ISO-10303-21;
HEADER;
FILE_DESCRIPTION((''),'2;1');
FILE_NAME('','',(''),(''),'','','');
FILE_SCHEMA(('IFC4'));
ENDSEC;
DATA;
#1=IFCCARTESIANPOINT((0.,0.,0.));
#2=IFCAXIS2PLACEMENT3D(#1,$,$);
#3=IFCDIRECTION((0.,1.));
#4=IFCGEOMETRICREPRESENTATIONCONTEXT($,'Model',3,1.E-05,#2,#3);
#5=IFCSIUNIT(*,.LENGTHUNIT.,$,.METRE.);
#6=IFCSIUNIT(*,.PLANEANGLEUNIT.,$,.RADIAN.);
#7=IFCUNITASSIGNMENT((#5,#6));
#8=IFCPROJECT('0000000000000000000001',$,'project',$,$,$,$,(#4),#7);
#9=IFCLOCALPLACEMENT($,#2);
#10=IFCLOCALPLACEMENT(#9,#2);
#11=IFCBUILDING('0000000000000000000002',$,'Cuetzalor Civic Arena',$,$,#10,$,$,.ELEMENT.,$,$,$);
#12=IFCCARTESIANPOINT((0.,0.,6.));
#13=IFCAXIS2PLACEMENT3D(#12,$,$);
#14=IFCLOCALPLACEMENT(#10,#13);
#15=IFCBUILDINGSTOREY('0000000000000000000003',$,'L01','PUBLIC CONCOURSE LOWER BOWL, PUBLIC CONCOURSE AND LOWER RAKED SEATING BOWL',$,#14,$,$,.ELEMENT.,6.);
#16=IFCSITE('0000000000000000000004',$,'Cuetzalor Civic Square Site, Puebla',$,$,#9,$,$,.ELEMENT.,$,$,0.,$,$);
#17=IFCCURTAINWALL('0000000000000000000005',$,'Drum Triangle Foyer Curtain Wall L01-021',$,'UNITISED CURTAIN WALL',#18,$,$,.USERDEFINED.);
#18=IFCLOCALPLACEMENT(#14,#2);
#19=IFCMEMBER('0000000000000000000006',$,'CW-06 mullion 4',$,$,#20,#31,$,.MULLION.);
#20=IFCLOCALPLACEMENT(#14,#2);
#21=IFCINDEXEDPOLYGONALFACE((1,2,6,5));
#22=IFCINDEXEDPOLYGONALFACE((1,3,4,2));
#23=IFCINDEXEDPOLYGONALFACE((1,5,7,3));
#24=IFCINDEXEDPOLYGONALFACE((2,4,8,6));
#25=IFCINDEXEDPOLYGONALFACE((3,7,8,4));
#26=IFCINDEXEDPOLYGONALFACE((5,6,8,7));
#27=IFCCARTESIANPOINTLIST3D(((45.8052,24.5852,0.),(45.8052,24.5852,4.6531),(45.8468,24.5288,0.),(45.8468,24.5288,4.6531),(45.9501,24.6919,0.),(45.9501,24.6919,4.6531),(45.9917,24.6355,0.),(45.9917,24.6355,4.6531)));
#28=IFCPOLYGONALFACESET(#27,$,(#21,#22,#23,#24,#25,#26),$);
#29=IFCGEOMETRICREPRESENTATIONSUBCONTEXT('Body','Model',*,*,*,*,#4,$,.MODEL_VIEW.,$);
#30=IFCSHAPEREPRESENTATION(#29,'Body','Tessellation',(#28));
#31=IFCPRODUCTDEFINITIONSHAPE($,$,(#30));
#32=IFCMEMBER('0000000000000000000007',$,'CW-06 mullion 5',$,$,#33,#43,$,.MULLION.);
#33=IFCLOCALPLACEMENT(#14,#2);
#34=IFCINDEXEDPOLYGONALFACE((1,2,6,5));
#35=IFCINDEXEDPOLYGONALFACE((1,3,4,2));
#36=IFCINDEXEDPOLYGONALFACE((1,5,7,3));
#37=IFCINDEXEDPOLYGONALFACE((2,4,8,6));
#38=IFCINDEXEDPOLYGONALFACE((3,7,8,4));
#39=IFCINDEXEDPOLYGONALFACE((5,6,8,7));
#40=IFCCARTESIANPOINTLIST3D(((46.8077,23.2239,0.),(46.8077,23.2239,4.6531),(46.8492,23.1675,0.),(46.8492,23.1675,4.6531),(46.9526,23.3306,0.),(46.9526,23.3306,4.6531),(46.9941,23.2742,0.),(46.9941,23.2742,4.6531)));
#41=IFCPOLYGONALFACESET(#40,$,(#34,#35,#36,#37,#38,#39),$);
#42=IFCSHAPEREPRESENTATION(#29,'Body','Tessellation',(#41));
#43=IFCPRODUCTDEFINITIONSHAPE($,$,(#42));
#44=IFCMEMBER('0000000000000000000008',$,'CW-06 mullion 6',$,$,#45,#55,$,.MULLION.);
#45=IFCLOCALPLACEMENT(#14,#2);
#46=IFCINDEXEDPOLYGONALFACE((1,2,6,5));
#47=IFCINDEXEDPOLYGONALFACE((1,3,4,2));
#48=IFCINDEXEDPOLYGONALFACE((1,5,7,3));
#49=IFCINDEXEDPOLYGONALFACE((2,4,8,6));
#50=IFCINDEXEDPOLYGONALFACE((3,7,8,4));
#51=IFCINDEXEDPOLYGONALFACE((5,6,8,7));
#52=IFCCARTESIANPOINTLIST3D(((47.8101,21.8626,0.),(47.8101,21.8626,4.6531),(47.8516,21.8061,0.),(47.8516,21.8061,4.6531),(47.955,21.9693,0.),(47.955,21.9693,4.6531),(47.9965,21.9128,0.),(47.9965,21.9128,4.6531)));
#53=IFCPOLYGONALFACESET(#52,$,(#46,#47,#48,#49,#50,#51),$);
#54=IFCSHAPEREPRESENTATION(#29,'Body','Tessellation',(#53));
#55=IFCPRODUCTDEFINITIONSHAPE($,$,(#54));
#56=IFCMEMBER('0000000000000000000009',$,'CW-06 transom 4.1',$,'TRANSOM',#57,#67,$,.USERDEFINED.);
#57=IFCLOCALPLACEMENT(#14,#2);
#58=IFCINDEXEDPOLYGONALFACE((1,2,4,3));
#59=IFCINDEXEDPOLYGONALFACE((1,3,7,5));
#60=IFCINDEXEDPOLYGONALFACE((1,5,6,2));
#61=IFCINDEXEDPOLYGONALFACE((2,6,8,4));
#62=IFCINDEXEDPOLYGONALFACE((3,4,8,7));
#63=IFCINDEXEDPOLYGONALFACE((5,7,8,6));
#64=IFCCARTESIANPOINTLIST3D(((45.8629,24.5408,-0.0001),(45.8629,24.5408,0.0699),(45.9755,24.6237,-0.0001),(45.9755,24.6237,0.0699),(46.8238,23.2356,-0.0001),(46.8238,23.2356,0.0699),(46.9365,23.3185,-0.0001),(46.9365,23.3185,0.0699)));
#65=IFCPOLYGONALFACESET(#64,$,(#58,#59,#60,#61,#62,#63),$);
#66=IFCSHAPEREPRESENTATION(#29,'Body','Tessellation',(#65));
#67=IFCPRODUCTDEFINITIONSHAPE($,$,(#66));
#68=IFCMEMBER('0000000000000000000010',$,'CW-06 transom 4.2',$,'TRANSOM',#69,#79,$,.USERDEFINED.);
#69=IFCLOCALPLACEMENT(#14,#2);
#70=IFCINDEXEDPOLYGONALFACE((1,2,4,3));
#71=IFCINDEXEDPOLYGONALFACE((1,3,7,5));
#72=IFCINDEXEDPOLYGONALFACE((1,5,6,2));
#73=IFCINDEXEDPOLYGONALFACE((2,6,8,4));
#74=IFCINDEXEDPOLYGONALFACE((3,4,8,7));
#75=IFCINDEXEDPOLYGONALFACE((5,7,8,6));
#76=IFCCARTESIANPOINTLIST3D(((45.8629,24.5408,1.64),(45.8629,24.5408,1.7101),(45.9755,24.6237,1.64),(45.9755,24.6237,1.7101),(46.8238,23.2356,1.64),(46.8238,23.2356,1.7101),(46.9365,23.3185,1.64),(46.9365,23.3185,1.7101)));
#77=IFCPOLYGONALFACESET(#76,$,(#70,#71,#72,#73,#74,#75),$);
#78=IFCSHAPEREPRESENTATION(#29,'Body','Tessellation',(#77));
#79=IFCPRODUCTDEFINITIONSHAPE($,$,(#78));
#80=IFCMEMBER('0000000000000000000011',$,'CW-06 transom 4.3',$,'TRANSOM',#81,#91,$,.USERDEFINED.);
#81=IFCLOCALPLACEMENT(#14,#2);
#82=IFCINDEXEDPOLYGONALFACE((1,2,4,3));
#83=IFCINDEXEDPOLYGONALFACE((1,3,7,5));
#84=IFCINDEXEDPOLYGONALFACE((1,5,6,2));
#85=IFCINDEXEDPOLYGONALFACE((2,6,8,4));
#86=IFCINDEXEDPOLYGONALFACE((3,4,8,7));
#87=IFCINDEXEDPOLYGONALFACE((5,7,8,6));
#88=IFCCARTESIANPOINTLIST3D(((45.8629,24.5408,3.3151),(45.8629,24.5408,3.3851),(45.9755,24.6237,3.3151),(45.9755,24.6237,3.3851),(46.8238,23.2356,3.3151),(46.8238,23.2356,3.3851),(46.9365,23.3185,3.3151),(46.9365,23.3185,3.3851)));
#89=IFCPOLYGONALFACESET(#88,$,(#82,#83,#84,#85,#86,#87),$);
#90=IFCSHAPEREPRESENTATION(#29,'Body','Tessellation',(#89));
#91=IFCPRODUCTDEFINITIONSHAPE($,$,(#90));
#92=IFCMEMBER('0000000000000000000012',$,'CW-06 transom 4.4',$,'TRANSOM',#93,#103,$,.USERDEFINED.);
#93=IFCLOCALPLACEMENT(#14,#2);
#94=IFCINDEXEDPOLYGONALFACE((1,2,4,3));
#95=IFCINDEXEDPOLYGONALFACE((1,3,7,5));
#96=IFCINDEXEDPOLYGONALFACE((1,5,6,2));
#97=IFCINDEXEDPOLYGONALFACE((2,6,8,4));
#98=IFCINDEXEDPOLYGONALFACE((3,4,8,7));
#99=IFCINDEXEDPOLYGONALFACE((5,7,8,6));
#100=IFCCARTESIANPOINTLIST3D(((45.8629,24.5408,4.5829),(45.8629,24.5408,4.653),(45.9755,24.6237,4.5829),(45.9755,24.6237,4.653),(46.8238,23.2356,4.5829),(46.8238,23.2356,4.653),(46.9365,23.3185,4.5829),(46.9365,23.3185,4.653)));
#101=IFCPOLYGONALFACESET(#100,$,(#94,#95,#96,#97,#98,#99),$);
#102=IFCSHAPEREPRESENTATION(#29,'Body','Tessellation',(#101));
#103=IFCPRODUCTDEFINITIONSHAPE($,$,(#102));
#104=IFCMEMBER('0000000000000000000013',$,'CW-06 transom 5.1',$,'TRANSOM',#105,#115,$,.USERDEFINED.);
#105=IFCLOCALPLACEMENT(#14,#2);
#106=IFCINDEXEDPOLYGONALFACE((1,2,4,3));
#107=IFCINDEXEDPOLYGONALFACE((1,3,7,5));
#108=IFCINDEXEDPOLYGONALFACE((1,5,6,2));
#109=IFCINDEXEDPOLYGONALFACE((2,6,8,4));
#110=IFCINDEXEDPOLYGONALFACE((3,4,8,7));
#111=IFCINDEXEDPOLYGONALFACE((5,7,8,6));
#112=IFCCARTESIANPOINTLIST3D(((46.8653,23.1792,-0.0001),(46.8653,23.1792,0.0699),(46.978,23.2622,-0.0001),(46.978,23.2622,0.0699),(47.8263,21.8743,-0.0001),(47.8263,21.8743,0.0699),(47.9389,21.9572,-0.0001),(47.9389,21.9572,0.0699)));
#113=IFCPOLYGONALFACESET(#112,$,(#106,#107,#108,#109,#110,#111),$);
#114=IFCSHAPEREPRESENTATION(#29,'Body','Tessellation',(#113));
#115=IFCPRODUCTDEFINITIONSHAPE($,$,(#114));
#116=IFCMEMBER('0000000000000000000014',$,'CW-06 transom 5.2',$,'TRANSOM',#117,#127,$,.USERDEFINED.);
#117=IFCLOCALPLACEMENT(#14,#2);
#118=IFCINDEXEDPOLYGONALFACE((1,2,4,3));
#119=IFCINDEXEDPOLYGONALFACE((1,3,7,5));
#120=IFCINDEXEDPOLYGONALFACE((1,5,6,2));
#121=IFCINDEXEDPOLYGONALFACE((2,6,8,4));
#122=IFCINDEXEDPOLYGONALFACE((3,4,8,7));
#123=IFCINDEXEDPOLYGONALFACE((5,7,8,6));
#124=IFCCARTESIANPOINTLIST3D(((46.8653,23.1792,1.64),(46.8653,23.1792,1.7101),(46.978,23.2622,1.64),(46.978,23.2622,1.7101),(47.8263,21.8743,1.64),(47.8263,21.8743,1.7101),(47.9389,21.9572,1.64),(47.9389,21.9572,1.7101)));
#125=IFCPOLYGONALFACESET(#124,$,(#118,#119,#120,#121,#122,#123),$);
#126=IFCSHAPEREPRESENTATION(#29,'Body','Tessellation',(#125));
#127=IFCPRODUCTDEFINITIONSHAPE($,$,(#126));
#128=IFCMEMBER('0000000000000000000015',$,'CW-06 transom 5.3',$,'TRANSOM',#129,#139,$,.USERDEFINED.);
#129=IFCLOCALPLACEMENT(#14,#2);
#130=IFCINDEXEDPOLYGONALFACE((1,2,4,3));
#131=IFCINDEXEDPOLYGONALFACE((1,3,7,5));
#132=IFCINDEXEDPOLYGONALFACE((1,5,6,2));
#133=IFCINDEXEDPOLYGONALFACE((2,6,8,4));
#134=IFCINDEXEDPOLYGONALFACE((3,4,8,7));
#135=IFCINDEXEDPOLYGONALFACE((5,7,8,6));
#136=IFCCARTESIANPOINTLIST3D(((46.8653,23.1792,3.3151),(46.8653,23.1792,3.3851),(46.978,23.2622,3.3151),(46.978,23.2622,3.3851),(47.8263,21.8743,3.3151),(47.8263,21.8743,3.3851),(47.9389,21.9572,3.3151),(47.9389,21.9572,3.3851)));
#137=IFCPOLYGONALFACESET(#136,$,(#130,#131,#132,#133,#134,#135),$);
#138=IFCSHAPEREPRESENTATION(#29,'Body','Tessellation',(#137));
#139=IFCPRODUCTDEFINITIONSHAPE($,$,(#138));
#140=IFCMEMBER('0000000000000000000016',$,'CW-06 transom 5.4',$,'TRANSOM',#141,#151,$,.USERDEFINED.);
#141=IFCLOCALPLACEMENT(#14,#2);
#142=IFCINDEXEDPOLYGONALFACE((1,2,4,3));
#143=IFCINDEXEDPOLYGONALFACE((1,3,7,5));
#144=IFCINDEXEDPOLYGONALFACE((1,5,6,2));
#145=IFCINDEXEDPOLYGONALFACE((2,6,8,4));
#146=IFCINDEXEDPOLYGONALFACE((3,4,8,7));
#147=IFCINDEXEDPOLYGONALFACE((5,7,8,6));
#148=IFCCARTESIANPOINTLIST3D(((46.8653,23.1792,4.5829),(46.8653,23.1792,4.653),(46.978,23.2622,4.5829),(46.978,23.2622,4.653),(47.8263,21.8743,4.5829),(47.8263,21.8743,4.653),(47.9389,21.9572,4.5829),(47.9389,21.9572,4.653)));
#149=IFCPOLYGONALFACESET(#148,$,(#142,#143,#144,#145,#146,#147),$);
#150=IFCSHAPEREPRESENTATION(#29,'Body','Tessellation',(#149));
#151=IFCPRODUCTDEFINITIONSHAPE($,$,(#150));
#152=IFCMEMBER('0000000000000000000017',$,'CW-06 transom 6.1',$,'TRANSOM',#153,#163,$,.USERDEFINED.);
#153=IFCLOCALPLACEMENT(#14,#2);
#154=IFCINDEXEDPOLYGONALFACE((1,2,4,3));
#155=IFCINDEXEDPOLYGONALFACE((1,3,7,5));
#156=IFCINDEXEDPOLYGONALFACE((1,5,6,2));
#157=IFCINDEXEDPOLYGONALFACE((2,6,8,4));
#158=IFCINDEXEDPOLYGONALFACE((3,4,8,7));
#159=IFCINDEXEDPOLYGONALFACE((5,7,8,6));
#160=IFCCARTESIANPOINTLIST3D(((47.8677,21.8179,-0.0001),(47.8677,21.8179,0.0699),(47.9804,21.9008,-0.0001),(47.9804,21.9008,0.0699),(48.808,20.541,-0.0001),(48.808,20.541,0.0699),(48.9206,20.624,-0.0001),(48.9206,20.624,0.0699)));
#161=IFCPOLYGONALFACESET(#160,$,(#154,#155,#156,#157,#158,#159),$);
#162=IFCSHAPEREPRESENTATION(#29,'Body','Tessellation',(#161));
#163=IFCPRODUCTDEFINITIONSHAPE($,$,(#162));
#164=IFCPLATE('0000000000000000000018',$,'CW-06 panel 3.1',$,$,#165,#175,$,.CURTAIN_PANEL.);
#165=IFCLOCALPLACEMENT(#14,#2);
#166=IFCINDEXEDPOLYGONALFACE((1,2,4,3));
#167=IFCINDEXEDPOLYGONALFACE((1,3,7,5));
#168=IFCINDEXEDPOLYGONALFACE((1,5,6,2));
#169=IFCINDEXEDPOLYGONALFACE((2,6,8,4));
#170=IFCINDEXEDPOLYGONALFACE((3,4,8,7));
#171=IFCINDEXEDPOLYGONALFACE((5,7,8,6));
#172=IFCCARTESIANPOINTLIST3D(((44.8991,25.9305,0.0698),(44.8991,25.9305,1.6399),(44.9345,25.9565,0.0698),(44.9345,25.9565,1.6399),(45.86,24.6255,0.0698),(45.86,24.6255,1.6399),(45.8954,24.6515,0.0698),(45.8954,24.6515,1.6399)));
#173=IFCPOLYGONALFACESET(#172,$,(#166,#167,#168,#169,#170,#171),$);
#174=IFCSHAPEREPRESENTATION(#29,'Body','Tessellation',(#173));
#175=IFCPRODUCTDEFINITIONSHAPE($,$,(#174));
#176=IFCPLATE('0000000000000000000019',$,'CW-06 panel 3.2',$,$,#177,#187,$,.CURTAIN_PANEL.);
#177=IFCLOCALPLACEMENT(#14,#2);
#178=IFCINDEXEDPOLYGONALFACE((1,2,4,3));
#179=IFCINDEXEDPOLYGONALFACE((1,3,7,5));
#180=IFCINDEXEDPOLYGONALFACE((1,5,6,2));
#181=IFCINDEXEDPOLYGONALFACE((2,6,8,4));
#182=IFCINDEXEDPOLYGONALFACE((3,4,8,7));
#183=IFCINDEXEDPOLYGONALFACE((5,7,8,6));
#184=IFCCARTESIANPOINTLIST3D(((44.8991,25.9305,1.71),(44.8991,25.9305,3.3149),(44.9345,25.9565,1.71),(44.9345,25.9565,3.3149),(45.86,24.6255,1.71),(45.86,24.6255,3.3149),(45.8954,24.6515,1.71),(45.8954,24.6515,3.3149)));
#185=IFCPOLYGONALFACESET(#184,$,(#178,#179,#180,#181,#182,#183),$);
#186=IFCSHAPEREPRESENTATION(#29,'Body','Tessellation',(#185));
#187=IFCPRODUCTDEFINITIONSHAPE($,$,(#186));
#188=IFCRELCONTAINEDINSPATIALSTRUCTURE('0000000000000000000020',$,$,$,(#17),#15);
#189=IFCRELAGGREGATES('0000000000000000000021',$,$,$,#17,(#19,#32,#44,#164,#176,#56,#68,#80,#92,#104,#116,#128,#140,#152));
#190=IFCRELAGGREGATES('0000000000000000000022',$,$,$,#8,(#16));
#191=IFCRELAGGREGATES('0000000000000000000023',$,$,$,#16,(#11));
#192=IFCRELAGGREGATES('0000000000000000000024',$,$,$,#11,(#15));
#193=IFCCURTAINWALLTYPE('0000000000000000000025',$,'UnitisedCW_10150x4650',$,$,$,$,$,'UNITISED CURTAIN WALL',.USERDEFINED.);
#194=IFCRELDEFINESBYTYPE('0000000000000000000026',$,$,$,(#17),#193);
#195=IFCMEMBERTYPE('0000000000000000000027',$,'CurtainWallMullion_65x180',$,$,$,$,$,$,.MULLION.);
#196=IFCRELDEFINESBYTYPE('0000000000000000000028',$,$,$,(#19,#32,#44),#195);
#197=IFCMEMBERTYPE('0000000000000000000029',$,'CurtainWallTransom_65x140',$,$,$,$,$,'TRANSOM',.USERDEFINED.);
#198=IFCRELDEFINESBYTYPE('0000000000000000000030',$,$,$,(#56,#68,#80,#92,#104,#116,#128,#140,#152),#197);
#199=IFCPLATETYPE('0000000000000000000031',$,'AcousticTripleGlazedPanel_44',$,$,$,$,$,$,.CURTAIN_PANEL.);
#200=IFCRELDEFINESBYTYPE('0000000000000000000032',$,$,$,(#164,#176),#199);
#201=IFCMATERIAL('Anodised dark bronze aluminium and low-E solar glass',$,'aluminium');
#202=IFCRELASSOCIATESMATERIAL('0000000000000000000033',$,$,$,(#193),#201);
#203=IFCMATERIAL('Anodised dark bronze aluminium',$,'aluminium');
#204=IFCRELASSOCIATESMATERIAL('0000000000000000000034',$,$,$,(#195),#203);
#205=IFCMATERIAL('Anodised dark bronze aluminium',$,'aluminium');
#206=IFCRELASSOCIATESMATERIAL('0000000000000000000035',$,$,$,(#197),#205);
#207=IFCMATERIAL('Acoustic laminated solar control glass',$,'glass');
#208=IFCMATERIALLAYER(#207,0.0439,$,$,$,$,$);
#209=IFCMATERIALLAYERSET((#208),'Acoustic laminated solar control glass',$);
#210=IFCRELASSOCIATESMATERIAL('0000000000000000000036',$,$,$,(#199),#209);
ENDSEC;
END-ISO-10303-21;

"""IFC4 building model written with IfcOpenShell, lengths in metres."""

from ifc_helpers import new_model, si_unit, direction, frame, origin, origin_2d, place, context, subcontext, project, spatial, rectangle, extrude, material, layer, layer_set, material_profile, profile_set, type_object, element, aggregate, save


model = new_model("IFC4")

# Units and contexts
model_context = context("Model", 3, precision=1e-05, world=origin(), true_north=direction((0.0, 1.0)))
body_context = subcontext(model_context, "Body", "Model", "MODEL_VIEW")
ifc_project = project(units=[si_unit("LENGTHUNIT", "METRE"), si_unit("PLANEANGLEUNIT", "RADIAN")], contexts=[model_context])

# Site, building, storey
site_placement = place(None, origin())
site = spatial("IfcSite", under=ifc_project, at=site_placement, Name="Cuetzalor Civic Square Site, Puebla", CompositionType="ELEMENT", RefElevation=0.0)
building_placement = place(site_placement, origin())
building = spatial("IfcBuilding", under=site, at=building_placement, Name="Cuetzalor Civic Arena", CompositionType="ELEMENT")
storey_placement = place(building_placement, frame((0.0, 0.0, 6.0)))
storey = spatial("IfcBuildingStorey", under=building, at=storey_placement, Name="L01", Description="PUBLIC CONCOURSE LOWER BOWL, PUBLIC CONCOURSE AND LOWER RAKED SEATING BOWL", CompositionType="ELEMENT", Elevation=6.0)

# Curtain wall, members, plates
ifc_material_1 = material(Name="Anodised dark bronze aluminium and low-E solar glass", Category="aluminium")
curtain_wall_type = type_object("IfcCurtainWallType", Name="UnitisedCW_10150x4650", ElementType="UNITISED CURTAIN WALL", PredefinedType="USERDEFINED", material=ifc_material_1)
curtain_wall_placement = place(storey_placement, origin())
curtain_wall = element("IfcCurtainWall", 1, at=curtain_wall_placement, inside=storey, type_object=curtain_wall_type, Name="Drum Triangle Foyer Curtain Wall L01-021", ObjectType="UNITISED CURTAIN WALL", PredefinedType="USERDEFINED")
ifc_material_2 = material(Name="Anodised dark bronze aluminium", Category="aluminium")
ifc_material_profile_1 = material_profile(ifc_material_2, rectangle(XDim=0.0701, YDim=0.1799, at=origin_2d()), Name="ALU MULLION 70x180")
ifc_profile_set_1 = profile_set([ifc_material_profile_1], Name="Anodised dark bronze aluminium")
member_type_1 = type_object("IfcMemberType", Name="CurtainWallMullion_65x180", PredefinedType="MULLION", material=ifc_profile_set_1)
member_1_placement = place(storey_placement, frame((45.8984, 24.6104, 0.0), z_axis=(0.0, 0.0, 1.0), x_axis=(0.592929, -0.805255, 0.0)))
member_1 = element("IfcMember", 2, at=member_1_placement, type_object=member_type_1, Name="CW-06 mullion 4", PredefinedType="MULLION", context=body_context, shape_type="SweptSolid", body=[
    extrude(rectangle(XDim=0.0701, YDim=0.1799, at=origin_2d()), origin(), (0.0, 0.0, 1.0), 4.6531),
])
member_2_placement = place(storey_placement, frame((46.9009, 23.249, 0.0), z_axis=(0.0, 0.0, 1.0), x_axis=(0.592929, -0.805255, 0.0)))
member_2 = element("IfcMember", 3, at=member_2_placement, type_object=member_type_1, Name="CW-06 mullion 5", PredefinedType="MULLION", context=body_context, shape_type="SweptSolid", body=[
    extrude(rectangle(XDim=0.0701, YDim=0.1799, at=origin_2d()), origin(), (0.0, 0.0, 1.0), 4.6531),
])
member_3_placement = place(storey_placement, frame((47.9033, 21.8877, 0.0), z_axis=(0.0, 0.0, 1.0), x_axis=(0.592929, -0.805255, 0.0)))
member_3 = element("IfcMember", 4, at=member_3_placement, type_object=member_type_1, Name="CW-06 mullion 6", PredefinedType="MULLION", context=body_context, shape_type="SweptSolid", body=[
    extrude(rectangle(XDim=0.0701, YDim=0.1799, at=origin_2d()), origin(), (0.0, 0.0, 1.0), 4.6531),
])
ifc_material_3 = material(Name="Anodised dark bronze aluminium", Category="aluminium")
ifc_material_profile_2 = material_profile(ifc_material_3, rectangle(XDim=0.1399, YDim=0.0701, at=origin_2d()), Name="ALU TRANSOM 70x140")
ifc_profile_set_2 = profile_set([ifc_material_profile_2], Name="Anodised dark bronze aluminium")
member_type_2 = type_object("IfcMemberType", Name="CurtainWallTransom_65x140", ElementType="TRANSOM", PredefinedType="USERDEFINED", material=ifc_profile_set_2)
member_4_placement = place(storey_placement, frame((45.9192, 24.5823, 0.0349), z_axis=(0.592891, -0.805283, 0.0), x_axis=(0.805283, 0.592891, 0.0)))
member_4 = element("IfcMember", 5, at=member_4_placement, type_object=member_type_2, Name="CW-06 transom 4.1", ObjectType="TRANSOM", PredefinedType="USERDEFINED", context=body_context, shape_type="SweptSolid", body=[
    extrude(rectangle(XDim=0.1399, YDim=0.0701, at=origin_2d()), origin(), (0.0, 0.0, 1.0), 1.6208),
])
member_5_placement = place(storey_placement, frame((45.9192, 24.5823, 1.675), z_axis=(0.592891, -0.805283, 0.0), x_axis=(0.805283, 0.592891, 0.0)))
member_5 = element("IfcMember", 6, at=member_5_placement, type_object=member_type_2, Name="CW-06 transom 4.2", ObjectType="TRANSOM", PredefinedType="USERDEFINED", context=body_context, shape_type="SweptSolid", body=[
    extrude(rectangle(XDim=0.1399, YDim=0.0701, at=origin_2d()), origin(), (0.0, 0.0, 1.0), 1.6208),
])
member_6_placement = place(storey_placement, frame((45.9192, 24.5823, 3.3501), z_axis=(0.592891, -0.805283, 0.0), x_axis=(0.805283, 0.592891, 0.0)))
member_6 = element("IfcMember", 7, at=member_6_placement, type_object=member_type_2, Name="CW-06 transom 4.3", ObjectType="TRANSOM", PredefinedType="USERDEFINED", context=body_context, shape_type="SweptSolid", body=[
    extrude(rectangle(XDim=0.1399, YDim=0.0701, at=origin_2d()), origin(), (0.0, 0.0, 1.0), 1.6208),
])
member_7_placement = place(storey_placement, frame((45.9192, 24.5823, 4.6179), z_axis=(0.592891, -0.805283, 0.0), x_axis=(0.805283, 0.592891, 0.0)))
member_7 = element("IfcMember", 8, at=member_7_placement, type_object=member_type_2, Name="CW-06 transom 4.4", ObjectType="TRANSOM", PredefinedType="USERDEFINED", context=body_context, shape_type="SweptSolid", body=[
    extrude(rectangle(XDim=0.1399, YDim=0.0701, at=origin_2d()), origin(), (0.0, 0.0, 1.0), 1.6208),
])
member_8_placement = place(storey_placement, frame((46.9216, 23.2207, 0.0349), z_axis=(0.592963, -0.80523, 0.0), x_axis=(0.80523, 0.592963, 0.0)))
member_8 = element("IfcMember", 9, at=member_8_placement, type_object=member_type_2, Name="CW-06 transom 5.1", ObjectType="TRANSOM", PredefinedType="USERDEFINED", context=body_context, shape_type="SweptSolid", body=[
    extrude(rectangle(XDim=0.1399, YDim=0.0701, at=origin_2d()), origin(), (0.0, 0.0, 1.0), 1.6206),
])
member_9_placement = place(storey_placement, frame((46.9216, 23.2207, 1.675), z_axis=(0.592963, -0.80523, 0.0), x_axis=(0.80523, 0.592963, 0.0)))
member_9 = element("IfcMember", 10, at=member_9_placement, type_object=member_type_2, Name="CW-06 transom 5.2", ObjectType="TRANSOM", PredefinedType="USERDEFINED", context=body_context, shape_type="SweptSolid", body=[
    extrude(rectangle(XDim=0.1399, YDim=0.0701, at=origin_2d()), origin(), (0.0, 0.0, 1.0), 1.6206),
])
member_10_placement = place(storey_placement, frame((46.9216, 23.2207, 3.3501), z_axis=(0.592963, -0.80523, 0.0), x_axis=(0.80523, 0.592963, 0.0)))
member_10 = element("IfcMember", 11, at=member_10_placement, type_object=member_type_2, Name="CW-06 transom 5.3", ObjectType="TRANSOM", PredefinedType="USERDEFINED", context=body_context, shape_type="SweptSolid", body=[
    extrude(rectangle(XDim=0.1399, YDim=0.0701, at=origin_2d()), origin(), (0.0, 0.0, 1.0), 1.6206),
])
member_11_placement = place(storey_placement, frame((46.9216, 23.2207, 4.6179), z_axis=(0.592963, -0.80523, 0.0), x_axis=(0.80523, 0.592963, 0.0)))
member_11 = element("IfcMember", 12, at=member_11_placement, type_object=member_type_2, Name="CW-06 transom 5.4", ObjectType="TRANSOM", PredefinedType="USERDEFINED", context=body_context, shape_type="SweptSolid", body=[
    extrude(rectangle(XDim=0.1399, YDim=0.0701, at=origin_2d()), origin(), (0.0, 0.0, 1.0), 1.6206),
])
member_12_placement = place(storey_placement, frame((47.9241, 21.8594, 0.0349), z_axis=(0.592931, -0.805253, 0.0), x_axis=(0.805253, 0.592931, 0.0)))
member_12 = element("IfcMember", 13, at=member_12_placement, type_object=member_type_2, Name="CW-06 transom 6.1", ObjectType="TRANSOM", PredefinedType="USERDEFINED", context=body_context, shape_type="SweptSolid", body=[
    extrude(rectangle(XDim=0.1399, YDim=0.0701, at=origin_2d()), origin(), (0.0, 0.0, 1.0), 1.5857),
])
ifc_material_4 = material(Name="Acoustic laminated solar control glass", Category="glass")
ifc_layer_1 = layer(ifc_material_4, 0.0439)
ifc_layer_set_1 = layer_set([ifc_layer_1], Name="Acoustic laminated solar control glass")
plate_type = type_object("IfcPlateType", Name="AcousticTripleGlazedPanel_44", PredefinedType="CURTAIN_PANEL", material=ifc_layer_set_1)
plate_1_placement = place(storey_placement, frame((45.3972, 25.291, 0.0698), z_axis=(0.0, 0.0, 1.0), x_axis=(0.592929, -0.805255, 0.0)))
plate_1 = element("IfcPlate", 14, at=plate_1_placement, type_object=plate_type, Name="CW-06 panel 3.1", PredefinedType="CURTAIN_PANEL", context=body_context, shape_type="SweptSolid", body=[
    extrude(rectangle(XDim=1.6206, YDim=0.0439, at=origin_2d()), origin(), (0.0, 0.0, 1.0), 1.5701),
])
plate_2_placement = place(storey_placement, frame((45.3972, 25.291, 1.71), z_axis=(0.0, 0.0, 1.0), x_axis=(0.592929, -0.805255, 0.0)))
plate_2 = element("IfcPlate", 15, at=plate_2_placement, type_object=plate_type, Name="CW-06 panel 3.2", PredefinedType="CURTAIN_PANEL", context=body_context, shape_type="SweptSolid", body=[
    extrude(rectangle(XDim=1.6206, YDim=0.0439, at=origin_2d()), origin(), (0.0, 0.0, 1.0), 1.605),
])
aggregate(curtain_wall, [member_1, member_2, member_3, plate_1, plate_2, member_4, member_5, member_6, member_7, member_8, member_9, member_10, member_11, member_12])

save(model, "model.ifc")
